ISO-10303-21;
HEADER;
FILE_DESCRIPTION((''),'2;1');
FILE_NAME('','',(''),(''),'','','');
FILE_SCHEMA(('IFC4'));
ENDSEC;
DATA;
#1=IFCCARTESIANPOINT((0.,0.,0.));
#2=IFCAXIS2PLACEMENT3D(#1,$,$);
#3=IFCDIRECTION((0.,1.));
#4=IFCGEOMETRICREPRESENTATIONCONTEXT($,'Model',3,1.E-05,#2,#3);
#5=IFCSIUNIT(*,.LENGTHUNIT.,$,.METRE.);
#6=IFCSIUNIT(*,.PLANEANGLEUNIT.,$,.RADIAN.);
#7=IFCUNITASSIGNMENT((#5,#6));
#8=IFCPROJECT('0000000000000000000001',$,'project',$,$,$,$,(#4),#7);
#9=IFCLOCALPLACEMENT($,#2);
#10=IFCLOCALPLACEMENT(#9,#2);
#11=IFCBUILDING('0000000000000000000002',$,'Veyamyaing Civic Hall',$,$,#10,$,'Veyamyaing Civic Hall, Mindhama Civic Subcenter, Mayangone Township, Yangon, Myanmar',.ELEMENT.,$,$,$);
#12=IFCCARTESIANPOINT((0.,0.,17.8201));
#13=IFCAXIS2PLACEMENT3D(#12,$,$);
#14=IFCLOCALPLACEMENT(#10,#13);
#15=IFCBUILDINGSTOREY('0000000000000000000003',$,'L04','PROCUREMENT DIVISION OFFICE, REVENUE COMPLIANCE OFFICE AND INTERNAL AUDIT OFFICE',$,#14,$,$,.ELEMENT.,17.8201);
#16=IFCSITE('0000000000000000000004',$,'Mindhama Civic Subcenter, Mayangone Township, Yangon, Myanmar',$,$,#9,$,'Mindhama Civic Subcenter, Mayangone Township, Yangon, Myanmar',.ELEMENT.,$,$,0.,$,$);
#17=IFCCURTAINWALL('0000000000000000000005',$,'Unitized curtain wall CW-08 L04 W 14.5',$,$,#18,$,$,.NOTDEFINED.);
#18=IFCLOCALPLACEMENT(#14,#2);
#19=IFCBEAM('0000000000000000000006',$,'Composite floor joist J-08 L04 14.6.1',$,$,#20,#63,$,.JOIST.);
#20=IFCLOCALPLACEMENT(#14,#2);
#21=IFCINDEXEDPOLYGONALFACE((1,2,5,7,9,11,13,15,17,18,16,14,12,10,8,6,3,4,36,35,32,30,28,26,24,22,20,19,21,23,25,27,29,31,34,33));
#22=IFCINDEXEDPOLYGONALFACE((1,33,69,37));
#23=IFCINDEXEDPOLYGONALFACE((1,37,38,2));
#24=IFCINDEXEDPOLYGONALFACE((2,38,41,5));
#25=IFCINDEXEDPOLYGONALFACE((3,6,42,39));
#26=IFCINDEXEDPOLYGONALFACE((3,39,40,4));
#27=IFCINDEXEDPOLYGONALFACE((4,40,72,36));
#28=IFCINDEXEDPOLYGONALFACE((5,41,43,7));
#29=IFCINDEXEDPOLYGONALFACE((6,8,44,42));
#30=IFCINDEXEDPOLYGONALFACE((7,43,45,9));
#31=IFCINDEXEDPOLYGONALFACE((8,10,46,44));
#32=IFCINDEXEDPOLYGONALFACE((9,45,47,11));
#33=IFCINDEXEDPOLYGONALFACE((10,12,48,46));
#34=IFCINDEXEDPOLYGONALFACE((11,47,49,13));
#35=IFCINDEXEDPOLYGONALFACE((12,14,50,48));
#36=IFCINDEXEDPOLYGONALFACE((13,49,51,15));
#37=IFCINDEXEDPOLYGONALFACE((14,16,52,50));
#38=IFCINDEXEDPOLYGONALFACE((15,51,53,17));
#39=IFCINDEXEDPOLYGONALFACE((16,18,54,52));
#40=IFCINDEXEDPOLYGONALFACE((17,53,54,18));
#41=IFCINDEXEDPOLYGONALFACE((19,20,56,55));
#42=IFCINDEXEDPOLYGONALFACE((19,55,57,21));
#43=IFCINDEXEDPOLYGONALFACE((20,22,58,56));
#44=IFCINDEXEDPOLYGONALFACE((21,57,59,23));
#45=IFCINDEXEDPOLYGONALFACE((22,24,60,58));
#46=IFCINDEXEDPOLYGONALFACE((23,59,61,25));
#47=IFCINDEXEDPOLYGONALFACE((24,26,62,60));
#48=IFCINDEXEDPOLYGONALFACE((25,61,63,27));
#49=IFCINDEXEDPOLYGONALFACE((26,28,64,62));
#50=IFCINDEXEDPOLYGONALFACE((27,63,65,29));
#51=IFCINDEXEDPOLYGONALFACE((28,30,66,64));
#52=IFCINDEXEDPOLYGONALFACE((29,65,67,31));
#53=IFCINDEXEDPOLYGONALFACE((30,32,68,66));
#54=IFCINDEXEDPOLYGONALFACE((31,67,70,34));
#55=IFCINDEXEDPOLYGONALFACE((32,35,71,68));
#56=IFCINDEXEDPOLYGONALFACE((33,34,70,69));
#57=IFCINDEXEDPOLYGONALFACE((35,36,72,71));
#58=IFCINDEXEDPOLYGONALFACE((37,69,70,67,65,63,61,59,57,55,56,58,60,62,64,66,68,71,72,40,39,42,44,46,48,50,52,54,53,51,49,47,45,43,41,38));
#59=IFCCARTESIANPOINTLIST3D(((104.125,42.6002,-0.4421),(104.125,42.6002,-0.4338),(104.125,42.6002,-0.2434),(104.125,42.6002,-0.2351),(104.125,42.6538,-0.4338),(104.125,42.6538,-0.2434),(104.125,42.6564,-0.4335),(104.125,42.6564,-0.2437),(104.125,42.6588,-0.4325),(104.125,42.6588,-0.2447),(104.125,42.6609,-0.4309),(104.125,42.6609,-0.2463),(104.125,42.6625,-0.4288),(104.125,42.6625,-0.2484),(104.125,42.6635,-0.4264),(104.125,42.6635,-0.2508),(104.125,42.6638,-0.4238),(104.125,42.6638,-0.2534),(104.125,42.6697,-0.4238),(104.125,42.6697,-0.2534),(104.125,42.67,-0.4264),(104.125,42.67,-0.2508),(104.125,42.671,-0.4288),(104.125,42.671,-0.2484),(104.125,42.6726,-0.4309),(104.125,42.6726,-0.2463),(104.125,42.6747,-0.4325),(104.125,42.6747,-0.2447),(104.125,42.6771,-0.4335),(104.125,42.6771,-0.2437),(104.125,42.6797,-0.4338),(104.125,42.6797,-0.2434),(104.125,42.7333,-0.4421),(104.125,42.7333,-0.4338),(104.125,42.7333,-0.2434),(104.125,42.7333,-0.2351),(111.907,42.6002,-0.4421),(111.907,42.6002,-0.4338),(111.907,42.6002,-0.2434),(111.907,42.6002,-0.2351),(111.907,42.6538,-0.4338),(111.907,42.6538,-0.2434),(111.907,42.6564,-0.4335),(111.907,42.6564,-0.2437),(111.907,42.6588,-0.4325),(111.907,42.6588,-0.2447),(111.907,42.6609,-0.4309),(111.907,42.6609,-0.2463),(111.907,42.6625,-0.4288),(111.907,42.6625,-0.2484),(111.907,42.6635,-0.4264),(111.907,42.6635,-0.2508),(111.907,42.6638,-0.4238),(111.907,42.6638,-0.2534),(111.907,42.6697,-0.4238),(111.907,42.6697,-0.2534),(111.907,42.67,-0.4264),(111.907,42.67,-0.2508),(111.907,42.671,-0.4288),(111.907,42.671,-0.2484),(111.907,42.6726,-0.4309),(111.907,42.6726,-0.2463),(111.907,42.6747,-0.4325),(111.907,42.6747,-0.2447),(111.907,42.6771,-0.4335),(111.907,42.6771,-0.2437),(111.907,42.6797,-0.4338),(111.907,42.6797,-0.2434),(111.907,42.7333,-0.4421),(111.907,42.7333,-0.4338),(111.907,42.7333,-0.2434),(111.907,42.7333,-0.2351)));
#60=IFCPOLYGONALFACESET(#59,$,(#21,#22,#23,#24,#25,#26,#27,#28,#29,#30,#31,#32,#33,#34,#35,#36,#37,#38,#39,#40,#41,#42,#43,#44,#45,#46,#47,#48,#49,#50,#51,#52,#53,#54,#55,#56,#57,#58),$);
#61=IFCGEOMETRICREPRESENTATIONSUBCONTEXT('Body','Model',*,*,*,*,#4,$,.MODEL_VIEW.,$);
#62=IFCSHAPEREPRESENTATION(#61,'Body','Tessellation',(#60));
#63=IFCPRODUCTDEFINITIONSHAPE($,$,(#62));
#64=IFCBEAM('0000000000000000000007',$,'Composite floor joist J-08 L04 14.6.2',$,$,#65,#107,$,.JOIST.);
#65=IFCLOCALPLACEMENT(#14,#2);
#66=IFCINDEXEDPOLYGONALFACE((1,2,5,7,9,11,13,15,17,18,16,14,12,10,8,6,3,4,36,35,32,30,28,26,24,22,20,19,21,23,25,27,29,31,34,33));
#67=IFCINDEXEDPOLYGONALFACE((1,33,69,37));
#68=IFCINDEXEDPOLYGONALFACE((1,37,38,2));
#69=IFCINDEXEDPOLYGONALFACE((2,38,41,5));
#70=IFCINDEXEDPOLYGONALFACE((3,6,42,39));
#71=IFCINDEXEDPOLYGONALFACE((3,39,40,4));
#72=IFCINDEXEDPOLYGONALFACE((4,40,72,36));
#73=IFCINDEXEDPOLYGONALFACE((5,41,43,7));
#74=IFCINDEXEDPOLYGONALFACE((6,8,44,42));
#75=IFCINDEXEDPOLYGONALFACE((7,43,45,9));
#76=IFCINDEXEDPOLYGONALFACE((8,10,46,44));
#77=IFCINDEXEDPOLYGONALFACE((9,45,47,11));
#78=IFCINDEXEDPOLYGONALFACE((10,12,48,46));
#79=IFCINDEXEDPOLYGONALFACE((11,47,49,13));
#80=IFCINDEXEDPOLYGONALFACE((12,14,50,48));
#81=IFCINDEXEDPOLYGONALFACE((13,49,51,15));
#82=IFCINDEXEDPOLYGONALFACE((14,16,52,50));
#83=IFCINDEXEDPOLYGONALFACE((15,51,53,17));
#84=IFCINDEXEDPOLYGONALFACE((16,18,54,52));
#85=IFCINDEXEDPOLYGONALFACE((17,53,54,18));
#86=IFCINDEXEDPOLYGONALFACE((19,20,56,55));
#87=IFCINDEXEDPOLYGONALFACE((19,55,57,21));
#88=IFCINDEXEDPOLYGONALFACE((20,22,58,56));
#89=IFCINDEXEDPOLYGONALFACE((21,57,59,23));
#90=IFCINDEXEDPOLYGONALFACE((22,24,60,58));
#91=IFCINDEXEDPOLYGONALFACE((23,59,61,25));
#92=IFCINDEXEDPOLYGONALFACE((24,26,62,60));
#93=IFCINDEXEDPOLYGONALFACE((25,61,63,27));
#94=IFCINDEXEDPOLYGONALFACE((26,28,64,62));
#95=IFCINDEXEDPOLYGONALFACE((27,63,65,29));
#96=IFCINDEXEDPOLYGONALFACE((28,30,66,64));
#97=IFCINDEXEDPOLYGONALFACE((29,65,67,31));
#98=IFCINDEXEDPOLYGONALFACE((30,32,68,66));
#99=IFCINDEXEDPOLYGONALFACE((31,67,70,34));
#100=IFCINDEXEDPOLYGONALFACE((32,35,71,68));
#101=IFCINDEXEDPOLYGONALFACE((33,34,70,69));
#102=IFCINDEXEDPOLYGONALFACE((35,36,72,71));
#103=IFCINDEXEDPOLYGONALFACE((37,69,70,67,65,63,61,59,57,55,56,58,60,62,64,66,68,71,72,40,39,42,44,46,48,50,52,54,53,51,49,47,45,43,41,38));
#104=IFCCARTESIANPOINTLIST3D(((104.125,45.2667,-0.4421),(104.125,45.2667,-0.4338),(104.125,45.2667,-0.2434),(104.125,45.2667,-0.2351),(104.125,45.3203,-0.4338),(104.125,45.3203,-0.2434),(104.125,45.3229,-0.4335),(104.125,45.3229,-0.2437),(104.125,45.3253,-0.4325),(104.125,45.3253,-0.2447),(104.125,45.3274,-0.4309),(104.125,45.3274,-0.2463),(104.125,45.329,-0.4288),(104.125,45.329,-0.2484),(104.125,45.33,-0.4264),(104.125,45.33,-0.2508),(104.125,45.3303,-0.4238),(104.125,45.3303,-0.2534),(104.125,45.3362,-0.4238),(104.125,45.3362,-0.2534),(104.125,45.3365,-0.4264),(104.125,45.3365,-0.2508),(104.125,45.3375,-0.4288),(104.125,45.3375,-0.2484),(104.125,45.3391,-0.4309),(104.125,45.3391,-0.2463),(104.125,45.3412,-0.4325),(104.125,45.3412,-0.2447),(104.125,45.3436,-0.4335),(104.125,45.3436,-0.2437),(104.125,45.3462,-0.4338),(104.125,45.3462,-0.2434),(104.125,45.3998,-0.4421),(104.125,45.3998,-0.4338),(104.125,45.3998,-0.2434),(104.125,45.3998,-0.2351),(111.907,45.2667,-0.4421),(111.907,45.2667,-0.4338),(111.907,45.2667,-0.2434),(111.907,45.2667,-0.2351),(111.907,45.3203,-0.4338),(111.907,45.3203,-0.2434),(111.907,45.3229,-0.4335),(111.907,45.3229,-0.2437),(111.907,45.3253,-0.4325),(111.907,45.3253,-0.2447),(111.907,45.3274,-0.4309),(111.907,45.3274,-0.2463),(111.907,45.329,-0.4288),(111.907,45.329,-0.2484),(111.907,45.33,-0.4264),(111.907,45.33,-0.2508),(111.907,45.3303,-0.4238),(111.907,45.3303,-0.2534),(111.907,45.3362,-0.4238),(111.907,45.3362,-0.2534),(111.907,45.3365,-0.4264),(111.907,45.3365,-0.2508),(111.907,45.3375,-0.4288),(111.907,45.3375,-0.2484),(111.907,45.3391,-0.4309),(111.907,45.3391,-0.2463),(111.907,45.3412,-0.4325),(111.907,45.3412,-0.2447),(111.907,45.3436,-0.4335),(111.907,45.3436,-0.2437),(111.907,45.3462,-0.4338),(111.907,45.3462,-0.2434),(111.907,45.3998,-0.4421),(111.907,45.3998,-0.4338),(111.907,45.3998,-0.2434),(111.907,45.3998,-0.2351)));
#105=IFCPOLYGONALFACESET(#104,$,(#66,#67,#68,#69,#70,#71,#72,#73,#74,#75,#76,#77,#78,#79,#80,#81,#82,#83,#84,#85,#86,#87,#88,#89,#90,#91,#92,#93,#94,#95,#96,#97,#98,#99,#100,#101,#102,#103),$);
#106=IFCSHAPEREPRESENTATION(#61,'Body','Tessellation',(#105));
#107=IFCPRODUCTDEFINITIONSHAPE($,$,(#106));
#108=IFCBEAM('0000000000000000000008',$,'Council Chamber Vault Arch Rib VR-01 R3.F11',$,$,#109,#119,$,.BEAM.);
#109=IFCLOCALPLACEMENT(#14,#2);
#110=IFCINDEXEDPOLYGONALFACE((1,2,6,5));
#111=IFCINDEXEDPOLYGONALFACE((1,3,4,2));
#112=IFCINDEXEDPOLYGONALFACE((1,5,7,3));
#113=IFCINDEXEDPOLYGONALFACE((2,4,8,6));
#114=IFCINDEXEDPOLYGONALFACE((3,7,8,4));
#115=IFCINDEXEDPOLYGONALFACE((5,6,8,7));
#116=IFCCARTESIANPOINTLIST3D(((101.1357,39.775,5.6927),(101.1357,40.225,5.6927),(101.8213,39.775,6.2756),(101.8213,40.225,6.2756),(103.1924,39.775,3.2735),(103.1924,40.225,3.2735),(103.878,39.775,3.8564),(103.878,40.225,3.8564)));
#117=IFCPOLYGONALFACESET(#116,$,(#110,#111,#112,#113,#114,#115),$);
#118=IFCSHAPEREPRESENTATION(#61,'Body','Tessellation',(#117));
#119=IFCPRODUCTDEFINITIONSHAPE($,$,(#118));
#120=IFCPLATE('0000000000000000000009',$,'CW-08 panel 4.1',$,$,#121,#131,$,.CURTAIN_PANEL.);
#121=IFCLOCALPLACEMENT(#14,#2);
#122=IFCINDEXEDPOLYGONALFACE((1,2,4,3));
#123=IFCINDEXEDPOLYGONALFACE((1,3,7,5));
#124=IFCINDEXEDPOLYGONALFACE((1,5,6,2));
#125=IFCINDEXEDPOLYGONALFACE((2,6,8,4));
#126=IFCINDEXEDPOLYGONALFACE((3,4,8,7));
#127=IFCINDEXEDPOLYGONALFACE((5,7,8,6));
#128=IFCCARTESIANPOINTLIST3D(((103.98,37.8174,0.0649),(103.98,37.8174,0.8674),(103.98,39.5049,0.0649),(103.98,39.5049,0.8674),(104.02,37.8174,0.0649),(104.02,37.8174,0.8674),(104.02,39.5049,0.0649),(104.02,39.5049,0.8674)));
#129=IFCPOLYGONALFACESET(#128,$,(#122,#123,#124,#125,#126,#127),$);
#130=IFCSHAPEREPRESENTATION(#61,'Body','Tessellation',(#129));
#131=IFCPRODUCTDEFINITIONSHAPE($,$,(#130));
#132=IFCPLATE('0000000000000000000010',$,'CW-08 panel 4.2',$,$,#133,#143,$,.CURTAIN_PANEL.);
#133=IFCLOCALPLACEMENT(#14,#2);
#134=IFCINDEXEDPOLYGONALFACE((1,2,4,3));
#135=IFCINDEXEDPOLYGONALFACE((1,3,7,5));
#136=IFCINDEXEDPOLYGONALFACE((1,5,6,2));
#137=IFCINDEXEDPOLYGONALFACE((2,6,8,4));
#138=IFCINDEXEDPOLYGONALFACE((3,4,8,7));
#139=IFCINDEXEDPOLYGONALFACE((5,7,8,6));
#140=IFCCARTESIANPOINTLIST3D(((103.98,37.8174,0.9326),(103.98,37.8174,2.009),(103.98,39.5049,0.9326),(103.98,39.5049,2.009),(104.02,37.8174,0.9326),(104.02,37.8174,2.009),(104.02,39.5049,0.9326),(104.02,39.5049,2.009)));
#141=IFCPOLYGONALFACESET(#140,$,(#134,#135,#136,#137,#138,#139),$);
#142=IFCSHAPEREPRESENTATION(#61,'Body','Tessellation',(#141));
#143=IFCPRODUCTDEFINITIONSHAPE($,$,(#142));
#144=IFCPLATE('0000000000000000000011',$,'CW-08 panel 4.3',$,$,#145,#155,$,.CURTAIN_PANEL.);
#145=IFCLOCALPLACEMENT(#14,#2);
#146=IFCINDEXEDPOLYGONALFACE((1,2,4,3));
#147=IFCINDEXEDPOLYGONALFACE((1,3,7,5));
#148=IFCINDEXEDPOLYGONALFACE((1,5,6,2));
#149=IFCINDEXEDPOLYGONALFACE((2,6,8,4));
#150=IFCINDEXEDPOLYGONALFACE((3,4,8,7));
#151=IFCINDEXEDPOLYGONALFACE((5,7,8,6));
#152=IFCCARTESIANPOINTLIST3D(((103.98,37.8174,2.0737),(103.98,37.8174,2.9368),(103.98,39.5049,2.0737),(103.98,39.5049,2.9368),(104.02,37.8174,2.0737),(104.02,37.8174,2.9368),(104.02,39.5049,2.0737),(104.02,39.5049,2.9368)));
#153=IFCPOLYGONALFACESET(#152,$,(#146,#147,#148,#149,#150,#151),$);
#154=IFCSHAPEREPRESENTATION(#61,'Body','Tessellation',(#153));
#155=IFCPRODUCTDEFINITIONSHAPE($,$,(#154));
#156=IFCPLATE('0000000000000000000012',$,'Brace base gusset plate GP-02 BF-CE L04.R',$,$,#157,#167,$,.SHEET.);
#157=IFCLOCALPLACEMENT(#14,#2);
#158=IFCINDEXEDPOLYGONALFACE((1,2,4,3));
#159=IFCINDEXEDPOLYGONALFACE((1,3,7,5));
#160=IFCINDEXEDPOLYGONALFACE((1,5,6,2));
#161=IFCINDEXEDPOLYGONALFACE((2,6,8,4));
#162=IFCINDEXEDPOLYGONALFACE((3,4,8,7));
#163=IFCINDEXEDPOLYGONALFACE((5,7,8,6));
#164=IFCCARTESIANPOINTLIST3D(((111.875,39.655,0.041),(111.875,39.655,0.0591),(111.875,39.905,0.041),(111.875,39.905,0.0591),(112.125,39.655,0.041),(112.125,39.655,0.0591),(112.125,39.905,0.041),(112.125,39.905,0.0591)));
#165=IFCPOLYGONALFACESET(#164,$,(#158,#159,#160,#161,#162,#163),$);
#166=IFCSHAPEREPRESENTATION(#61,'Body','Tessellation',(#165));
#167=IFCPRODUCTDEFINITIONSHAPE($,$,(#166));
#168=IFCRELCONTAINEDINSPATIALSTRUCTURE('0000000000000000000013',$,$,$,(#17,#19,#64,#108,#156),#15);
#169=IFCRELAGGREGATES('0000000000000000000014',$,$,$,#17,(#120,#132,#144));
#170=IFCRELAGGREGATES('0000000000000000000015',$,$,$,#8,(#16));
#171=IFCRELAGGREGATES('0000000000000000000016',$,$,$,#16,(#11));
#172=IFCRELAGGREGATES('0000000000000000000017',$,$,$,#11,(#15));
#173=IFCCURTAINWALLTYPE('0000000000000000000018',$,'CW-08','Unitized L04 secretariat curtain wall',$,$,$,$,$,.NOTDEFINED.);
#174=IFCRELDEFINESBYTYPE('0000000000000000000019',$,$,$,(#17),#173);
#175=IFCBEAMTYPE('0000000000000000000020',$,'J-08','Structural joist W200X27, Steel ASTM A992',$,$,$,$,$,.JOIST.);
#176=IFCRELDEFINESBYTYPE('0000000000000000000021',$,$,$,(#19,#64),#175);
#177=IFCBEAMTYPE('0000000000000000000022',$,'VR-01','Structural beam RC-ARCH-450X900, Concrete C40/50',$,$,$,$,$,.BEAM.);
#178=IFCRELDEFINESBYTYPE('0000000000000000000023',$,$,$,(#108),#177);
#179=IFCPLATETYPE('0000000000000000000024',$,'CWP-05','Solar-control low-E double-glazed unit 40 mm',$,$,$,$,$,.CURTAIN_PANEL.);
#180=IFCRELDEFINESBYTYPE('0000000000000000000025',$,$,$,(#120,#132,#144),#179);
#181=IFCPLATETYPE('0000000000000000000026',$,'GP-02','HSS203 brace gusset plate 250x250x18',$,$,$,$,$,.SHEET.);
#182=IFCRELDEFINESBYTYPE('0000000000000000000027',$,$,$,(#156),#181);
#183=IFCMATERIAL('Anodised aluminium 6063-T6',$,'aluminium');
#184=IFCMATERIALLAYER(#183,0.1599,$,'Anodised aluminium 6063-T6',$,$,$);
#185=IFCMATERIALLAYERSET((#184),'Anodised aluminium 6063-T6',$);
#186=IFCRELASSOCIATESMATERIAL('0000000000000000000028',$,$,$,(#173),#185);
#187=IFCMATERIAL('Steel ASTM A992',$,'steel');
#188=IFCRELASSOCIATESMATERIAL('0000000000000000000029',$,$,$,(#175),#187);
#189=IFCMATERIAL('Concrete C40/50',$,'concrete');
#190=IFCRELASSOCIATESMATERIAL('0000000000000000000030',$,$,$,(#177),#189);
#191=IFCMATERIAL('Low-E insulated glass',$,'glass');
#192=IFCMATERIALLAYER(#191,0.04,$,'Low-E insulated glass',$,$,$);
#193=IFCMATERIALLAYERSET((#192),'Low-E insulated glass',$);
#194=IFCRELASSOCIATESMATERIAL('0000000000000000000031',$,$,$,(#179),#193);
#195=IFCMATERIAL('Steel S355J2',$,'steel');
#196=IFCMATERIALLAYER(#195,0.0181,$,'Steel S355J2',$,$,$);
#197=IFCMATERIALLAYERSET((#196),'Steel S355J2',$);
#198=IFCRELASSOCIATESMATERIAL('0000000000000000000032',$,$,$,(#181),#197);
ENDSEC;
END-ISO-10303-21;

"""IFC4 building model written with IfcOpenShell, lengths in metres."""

from ifc_helpers import new_model, si_unit, direction, frame, origin, origin_2d, place, context, subcontext, project, spatial, rectangle, i_section, extrude, material, layer, layer_set, material_profile, profile_set, type_object, element, aggregate, save


model = new_model("IFC4")

# Units and contexts
model_context = context("Model", 3, precision=1e-05, world=origin(), true_north=direction((0.0, 1.0)))
body_context = subcontext(model_context, "Body", "Model", "MODEL_VIEW")
ifc_project = project(units=[si_unit("LENGTHUNIT", "METRE"), si_unit("PLANEANGLEUNIT", "RADIAN")], contexts=[model_context])

# Site, building, storey
site_placement = place(None, origin())
site = spatial("IfcSite", under=ifc_project, at=site_placement, Name="Mindhama Civic Subcenter, Mayangone Township, Yangon, Myanmar", LongName="Mindhama Civic Subcenter, Mayangone Township, Yangon, Myanmar", CompositionType="ELEMENT", RefElevation=0.0)
building_placement = place(site_placement, origin())
building = spatial("IfcBuilding", under=site, at=building_placement, Name="Veyamyaing Civic Hall", LongName="Veyamyaing Civic Hall, Mindhama Civic Subcenter, Mayangone Township, Yangon, Myanmar", CompositionType="ELEMENT")
storey_placement = place(building_placement, frame((0.0, 0.0, 17.8201)))
storey = spatial("IfcBuildingStorey", under=building, at=storey_placement, Name="L04", Description="PROCUREMENT DIVISION OFFICE, REVENUE COMPLIANCE OFFICE AND INTERNAL AUDIT OFFICE", CompositionType="ELEMENT", Elevation=17.8201)

# Shared definitions
ifc_material_1 = material(Name="Steel ASTM A992", Category="steel")

# Shared definitions
ifc_material_2 = material(Name="Steel S355J2", Category="steel")

# Curtain wall
ifc_material_3 = material(Name="Anodised aluminium 6063-T6", Category="aluminium")
ifc_layer_1 = layer(ifc_material_3, 0.1599, Name="Anodised aluminium 6063-T6")
ifc_layer_set_1 = layer_set([ifc_layer_1], Name="Anodised aluminium 6063-T6")
curtain_wall_type = type_object("IfcCurtainWallType", Name="CW-08", Description="Unitized L04 secretariat curtain wall", PredefinedType="NOTDEFINED", material=ifc_layer_set_1)
curtain_wall_placement = place(storey_placement, origin())
curtain_wall = element("IfcCurtainWall", 1, at=curtain_wall_placement, inside=storey, type_object=curtain_wall_type, Name="Unitized curtain wall CW-08 L04 W 14.5", PredefinedType="NOTDEFINED")

# Beams
ifc_material_profile_1 = material_profile(ifc_material_1, i_section(OverallWidth=0.1331, OverallDepth=0.207, WebThickness=0.0059, FlangeThickness=0.0083, FilletRadius=0.01, at=origin_2d()), Name="W200X27")
ifc_profile_set_1 = profile_set([ifc_material_profile_1], Name="Steel ASTM A992")
beam_type_1 = type_object("IfcBeamType", Name="J-08", Description="Structural joist W200X27, Steel ASTM A992", PredefinedType="JOIST", material=ifc_profile_set_1)
for number, where, z_axis, x_axis, name in (
    (2, (104.125, 42.6667, -0.3386), (1.0, 0.0, 0.0), (0.0, 1.0, 0.0), "Composite floor joist J-08 L04 14.6.1"),
    (3, (104.125, 45.3333, -0.3386), (1.0, 0.0, 0.0), (0.0, 1.0, 0.0), "Composite floor joist J-08 L04 14.6.2"),
):
    element("IfcBeam", number, at=place(storey_placement, frame(where, z_axis=z_axis, x_axis=x_axis)), inside=storey, type_object=beam_type_1, Name=name, PredefinedType="JOIST", context=body_context, shape_type="SweptSolid", body=[
        extrude(i_section(OverallWidth=0.1331, OverallDepth=0.207, WebThickness=0.0059, FlangeThickness=0.0083, FilletRadius=0.01, at=origin_2d()), origin(), (0.0, 0.0, 1.0), 7.782),
    ])
ifc_material_4 = material(Name="Concrete C40/50", Category="concrete")
ifc_material_profile_2 = material_profile(ifc_material_4, rectangle(XDim=0.45, YDim=0.8999, at=origin_2d()), Name="RC-ARCH-450X900")
ifc_profile_set_2 = profile_set([ifc_material_profile_2], Name="Concrete C40/50")
beam_type_2 = type_object("IfcBeamType", Name="VR-01", Description="Structural beam RC-ARCH-450X900, Concrete C40/50", PredefinedType="BEAM", material=ifc_profile_set_2)
beam_1_placement = place(storey_placement, frame((101.4785, 40.0, 5.9841), z_axis=(0.647709, 0.0, -0.761888), x_axis=(0.0, 1.0, 0.0)))
element("IfcBeam", 4, at=beam_1_placement, inside=storey, type_object=beam_type_2, Name="Council Chamber Vault Arch Rib VR-01 R3.F11", PredefinedType="BEAM", context=body_context, shape_type="SweptSolid", body=[
    extrude(rectangle(XDim=0.45, YDim=0.8999, at=origin_2d()), origin(), (0.0, 0.0, 1.0), 3.1753),
])

# Plates
ifc_material_5 = material(Name="Low-E insulated glass", Category="glass")
ifc_layer_2 = layer(ifc_material_5, 0.04, Name="Low-E insulated glass")
ifc_layer_set_2 = layer_set([ifc_layer_2], Name="Low-E insulated glass")
plate_type_1 = type_object("IfcPlateType", Name="CWP-05", Description="Solar-control low-E double-glazed unit 40 mm", PredefinedType="CURTAIN_PANEL", material=ifc_layer_set_2)
plate_1_placement = place(storey_placement, frame((104.0, 38.6611, 0.0649), z_axis=(0.0, 0.0, 1.0), x_axis=(0.0, 1.0, 0.0)))
plate_1 = element("IfcPlate", 5, at=plate_1_placement, type_object=plate_type_1, Name="CW-08 panel 4.1", PredefinedType="CURTAIN_PANEL", context=body_context, shape_type="SweptSolid", body=[
    extrude(rectangle(XDim=1.6875, YDim=0.04, at=origin_2d()), origin(), (0.0, 0.0, 1.0), 0.8025),
])
plate_2_placement = place(storey_placement, frame((104.0, 38.6611, 0.9326), z_axis=(0.0, 0.0, 1.0), x_axis=(0.0, 1.0, 0.0)))
plate_2 = element("IfcPlate", 6, at=plate_2_placement, type_object=plate_type_1, Name="CW-08 panel 4.2", PredefinedType="CURTAIN_PANEL", context=body_context, shape_type="SweptSolid", body=[
    extrude(rectangle(XDim=1.6875, YDim=0.04, at=origin_2d()), origin(), (0.0, 0.0, 1.0), 1.0764),
])
plate_3_placement = place(storey_placement, frame((104.0, 38.6611, 2.0737), z_axis=(0.0, 0.0, 1.0), x_axis=(0.0, 1.0, 0.0)))
plate_3 = element("IfcPlate", 7, at=plate_3_placement, type_object=plate_type_1, Name="CW-08 panel 4.3", PredefinedType="CURTAIN_PANEL", context=body_context, shape_type="SweptSolid", body=[
    extrude(rectangle(XDim=1.6875, YDim=0.04, at=origin_2d()), origin(), (0.0, 0.0, 1.0), 0.863),
])
aggregate(curtain_wall, [plate_1, plate_2, plate_3])
ifc_layer_3 = layer(ifc_material_2, 0.0181, Name="Steel S355J2")
ifc_layer_set_3 = layer_set([ifc_layer_3], Name="Steel S355J2")
plate_type_2 = type_object("IfcPlateType", Name="GP-02", Description="HSS203 brace gusset plate 250x250x18", PredefinedType="SHEET", material=ifc_layer_set_3)
plate_4_placement = place(storey_placement, frame((112.0, 39.78, 0.041), z_axis=(0.0, 0.0, 1.0), x_axis=(1.0, 0.0, 0.0)))
element("IfcPlate", 8, at=plate_4_placement, inside=storey, type_object=plate_type_2, Name="Brace base gusset plate GP-02 BF-CE L04.R", PredefinedType="SHEET", context=body_context, shape_type="SweptSolid", body=[
    extrude(rectangle(XDim=0.25, YDim=0.25, at=origin_2d()), origin(), (0.0, 0.0, 1.0), 0.0181),
])

save(model, "model.ifc")
